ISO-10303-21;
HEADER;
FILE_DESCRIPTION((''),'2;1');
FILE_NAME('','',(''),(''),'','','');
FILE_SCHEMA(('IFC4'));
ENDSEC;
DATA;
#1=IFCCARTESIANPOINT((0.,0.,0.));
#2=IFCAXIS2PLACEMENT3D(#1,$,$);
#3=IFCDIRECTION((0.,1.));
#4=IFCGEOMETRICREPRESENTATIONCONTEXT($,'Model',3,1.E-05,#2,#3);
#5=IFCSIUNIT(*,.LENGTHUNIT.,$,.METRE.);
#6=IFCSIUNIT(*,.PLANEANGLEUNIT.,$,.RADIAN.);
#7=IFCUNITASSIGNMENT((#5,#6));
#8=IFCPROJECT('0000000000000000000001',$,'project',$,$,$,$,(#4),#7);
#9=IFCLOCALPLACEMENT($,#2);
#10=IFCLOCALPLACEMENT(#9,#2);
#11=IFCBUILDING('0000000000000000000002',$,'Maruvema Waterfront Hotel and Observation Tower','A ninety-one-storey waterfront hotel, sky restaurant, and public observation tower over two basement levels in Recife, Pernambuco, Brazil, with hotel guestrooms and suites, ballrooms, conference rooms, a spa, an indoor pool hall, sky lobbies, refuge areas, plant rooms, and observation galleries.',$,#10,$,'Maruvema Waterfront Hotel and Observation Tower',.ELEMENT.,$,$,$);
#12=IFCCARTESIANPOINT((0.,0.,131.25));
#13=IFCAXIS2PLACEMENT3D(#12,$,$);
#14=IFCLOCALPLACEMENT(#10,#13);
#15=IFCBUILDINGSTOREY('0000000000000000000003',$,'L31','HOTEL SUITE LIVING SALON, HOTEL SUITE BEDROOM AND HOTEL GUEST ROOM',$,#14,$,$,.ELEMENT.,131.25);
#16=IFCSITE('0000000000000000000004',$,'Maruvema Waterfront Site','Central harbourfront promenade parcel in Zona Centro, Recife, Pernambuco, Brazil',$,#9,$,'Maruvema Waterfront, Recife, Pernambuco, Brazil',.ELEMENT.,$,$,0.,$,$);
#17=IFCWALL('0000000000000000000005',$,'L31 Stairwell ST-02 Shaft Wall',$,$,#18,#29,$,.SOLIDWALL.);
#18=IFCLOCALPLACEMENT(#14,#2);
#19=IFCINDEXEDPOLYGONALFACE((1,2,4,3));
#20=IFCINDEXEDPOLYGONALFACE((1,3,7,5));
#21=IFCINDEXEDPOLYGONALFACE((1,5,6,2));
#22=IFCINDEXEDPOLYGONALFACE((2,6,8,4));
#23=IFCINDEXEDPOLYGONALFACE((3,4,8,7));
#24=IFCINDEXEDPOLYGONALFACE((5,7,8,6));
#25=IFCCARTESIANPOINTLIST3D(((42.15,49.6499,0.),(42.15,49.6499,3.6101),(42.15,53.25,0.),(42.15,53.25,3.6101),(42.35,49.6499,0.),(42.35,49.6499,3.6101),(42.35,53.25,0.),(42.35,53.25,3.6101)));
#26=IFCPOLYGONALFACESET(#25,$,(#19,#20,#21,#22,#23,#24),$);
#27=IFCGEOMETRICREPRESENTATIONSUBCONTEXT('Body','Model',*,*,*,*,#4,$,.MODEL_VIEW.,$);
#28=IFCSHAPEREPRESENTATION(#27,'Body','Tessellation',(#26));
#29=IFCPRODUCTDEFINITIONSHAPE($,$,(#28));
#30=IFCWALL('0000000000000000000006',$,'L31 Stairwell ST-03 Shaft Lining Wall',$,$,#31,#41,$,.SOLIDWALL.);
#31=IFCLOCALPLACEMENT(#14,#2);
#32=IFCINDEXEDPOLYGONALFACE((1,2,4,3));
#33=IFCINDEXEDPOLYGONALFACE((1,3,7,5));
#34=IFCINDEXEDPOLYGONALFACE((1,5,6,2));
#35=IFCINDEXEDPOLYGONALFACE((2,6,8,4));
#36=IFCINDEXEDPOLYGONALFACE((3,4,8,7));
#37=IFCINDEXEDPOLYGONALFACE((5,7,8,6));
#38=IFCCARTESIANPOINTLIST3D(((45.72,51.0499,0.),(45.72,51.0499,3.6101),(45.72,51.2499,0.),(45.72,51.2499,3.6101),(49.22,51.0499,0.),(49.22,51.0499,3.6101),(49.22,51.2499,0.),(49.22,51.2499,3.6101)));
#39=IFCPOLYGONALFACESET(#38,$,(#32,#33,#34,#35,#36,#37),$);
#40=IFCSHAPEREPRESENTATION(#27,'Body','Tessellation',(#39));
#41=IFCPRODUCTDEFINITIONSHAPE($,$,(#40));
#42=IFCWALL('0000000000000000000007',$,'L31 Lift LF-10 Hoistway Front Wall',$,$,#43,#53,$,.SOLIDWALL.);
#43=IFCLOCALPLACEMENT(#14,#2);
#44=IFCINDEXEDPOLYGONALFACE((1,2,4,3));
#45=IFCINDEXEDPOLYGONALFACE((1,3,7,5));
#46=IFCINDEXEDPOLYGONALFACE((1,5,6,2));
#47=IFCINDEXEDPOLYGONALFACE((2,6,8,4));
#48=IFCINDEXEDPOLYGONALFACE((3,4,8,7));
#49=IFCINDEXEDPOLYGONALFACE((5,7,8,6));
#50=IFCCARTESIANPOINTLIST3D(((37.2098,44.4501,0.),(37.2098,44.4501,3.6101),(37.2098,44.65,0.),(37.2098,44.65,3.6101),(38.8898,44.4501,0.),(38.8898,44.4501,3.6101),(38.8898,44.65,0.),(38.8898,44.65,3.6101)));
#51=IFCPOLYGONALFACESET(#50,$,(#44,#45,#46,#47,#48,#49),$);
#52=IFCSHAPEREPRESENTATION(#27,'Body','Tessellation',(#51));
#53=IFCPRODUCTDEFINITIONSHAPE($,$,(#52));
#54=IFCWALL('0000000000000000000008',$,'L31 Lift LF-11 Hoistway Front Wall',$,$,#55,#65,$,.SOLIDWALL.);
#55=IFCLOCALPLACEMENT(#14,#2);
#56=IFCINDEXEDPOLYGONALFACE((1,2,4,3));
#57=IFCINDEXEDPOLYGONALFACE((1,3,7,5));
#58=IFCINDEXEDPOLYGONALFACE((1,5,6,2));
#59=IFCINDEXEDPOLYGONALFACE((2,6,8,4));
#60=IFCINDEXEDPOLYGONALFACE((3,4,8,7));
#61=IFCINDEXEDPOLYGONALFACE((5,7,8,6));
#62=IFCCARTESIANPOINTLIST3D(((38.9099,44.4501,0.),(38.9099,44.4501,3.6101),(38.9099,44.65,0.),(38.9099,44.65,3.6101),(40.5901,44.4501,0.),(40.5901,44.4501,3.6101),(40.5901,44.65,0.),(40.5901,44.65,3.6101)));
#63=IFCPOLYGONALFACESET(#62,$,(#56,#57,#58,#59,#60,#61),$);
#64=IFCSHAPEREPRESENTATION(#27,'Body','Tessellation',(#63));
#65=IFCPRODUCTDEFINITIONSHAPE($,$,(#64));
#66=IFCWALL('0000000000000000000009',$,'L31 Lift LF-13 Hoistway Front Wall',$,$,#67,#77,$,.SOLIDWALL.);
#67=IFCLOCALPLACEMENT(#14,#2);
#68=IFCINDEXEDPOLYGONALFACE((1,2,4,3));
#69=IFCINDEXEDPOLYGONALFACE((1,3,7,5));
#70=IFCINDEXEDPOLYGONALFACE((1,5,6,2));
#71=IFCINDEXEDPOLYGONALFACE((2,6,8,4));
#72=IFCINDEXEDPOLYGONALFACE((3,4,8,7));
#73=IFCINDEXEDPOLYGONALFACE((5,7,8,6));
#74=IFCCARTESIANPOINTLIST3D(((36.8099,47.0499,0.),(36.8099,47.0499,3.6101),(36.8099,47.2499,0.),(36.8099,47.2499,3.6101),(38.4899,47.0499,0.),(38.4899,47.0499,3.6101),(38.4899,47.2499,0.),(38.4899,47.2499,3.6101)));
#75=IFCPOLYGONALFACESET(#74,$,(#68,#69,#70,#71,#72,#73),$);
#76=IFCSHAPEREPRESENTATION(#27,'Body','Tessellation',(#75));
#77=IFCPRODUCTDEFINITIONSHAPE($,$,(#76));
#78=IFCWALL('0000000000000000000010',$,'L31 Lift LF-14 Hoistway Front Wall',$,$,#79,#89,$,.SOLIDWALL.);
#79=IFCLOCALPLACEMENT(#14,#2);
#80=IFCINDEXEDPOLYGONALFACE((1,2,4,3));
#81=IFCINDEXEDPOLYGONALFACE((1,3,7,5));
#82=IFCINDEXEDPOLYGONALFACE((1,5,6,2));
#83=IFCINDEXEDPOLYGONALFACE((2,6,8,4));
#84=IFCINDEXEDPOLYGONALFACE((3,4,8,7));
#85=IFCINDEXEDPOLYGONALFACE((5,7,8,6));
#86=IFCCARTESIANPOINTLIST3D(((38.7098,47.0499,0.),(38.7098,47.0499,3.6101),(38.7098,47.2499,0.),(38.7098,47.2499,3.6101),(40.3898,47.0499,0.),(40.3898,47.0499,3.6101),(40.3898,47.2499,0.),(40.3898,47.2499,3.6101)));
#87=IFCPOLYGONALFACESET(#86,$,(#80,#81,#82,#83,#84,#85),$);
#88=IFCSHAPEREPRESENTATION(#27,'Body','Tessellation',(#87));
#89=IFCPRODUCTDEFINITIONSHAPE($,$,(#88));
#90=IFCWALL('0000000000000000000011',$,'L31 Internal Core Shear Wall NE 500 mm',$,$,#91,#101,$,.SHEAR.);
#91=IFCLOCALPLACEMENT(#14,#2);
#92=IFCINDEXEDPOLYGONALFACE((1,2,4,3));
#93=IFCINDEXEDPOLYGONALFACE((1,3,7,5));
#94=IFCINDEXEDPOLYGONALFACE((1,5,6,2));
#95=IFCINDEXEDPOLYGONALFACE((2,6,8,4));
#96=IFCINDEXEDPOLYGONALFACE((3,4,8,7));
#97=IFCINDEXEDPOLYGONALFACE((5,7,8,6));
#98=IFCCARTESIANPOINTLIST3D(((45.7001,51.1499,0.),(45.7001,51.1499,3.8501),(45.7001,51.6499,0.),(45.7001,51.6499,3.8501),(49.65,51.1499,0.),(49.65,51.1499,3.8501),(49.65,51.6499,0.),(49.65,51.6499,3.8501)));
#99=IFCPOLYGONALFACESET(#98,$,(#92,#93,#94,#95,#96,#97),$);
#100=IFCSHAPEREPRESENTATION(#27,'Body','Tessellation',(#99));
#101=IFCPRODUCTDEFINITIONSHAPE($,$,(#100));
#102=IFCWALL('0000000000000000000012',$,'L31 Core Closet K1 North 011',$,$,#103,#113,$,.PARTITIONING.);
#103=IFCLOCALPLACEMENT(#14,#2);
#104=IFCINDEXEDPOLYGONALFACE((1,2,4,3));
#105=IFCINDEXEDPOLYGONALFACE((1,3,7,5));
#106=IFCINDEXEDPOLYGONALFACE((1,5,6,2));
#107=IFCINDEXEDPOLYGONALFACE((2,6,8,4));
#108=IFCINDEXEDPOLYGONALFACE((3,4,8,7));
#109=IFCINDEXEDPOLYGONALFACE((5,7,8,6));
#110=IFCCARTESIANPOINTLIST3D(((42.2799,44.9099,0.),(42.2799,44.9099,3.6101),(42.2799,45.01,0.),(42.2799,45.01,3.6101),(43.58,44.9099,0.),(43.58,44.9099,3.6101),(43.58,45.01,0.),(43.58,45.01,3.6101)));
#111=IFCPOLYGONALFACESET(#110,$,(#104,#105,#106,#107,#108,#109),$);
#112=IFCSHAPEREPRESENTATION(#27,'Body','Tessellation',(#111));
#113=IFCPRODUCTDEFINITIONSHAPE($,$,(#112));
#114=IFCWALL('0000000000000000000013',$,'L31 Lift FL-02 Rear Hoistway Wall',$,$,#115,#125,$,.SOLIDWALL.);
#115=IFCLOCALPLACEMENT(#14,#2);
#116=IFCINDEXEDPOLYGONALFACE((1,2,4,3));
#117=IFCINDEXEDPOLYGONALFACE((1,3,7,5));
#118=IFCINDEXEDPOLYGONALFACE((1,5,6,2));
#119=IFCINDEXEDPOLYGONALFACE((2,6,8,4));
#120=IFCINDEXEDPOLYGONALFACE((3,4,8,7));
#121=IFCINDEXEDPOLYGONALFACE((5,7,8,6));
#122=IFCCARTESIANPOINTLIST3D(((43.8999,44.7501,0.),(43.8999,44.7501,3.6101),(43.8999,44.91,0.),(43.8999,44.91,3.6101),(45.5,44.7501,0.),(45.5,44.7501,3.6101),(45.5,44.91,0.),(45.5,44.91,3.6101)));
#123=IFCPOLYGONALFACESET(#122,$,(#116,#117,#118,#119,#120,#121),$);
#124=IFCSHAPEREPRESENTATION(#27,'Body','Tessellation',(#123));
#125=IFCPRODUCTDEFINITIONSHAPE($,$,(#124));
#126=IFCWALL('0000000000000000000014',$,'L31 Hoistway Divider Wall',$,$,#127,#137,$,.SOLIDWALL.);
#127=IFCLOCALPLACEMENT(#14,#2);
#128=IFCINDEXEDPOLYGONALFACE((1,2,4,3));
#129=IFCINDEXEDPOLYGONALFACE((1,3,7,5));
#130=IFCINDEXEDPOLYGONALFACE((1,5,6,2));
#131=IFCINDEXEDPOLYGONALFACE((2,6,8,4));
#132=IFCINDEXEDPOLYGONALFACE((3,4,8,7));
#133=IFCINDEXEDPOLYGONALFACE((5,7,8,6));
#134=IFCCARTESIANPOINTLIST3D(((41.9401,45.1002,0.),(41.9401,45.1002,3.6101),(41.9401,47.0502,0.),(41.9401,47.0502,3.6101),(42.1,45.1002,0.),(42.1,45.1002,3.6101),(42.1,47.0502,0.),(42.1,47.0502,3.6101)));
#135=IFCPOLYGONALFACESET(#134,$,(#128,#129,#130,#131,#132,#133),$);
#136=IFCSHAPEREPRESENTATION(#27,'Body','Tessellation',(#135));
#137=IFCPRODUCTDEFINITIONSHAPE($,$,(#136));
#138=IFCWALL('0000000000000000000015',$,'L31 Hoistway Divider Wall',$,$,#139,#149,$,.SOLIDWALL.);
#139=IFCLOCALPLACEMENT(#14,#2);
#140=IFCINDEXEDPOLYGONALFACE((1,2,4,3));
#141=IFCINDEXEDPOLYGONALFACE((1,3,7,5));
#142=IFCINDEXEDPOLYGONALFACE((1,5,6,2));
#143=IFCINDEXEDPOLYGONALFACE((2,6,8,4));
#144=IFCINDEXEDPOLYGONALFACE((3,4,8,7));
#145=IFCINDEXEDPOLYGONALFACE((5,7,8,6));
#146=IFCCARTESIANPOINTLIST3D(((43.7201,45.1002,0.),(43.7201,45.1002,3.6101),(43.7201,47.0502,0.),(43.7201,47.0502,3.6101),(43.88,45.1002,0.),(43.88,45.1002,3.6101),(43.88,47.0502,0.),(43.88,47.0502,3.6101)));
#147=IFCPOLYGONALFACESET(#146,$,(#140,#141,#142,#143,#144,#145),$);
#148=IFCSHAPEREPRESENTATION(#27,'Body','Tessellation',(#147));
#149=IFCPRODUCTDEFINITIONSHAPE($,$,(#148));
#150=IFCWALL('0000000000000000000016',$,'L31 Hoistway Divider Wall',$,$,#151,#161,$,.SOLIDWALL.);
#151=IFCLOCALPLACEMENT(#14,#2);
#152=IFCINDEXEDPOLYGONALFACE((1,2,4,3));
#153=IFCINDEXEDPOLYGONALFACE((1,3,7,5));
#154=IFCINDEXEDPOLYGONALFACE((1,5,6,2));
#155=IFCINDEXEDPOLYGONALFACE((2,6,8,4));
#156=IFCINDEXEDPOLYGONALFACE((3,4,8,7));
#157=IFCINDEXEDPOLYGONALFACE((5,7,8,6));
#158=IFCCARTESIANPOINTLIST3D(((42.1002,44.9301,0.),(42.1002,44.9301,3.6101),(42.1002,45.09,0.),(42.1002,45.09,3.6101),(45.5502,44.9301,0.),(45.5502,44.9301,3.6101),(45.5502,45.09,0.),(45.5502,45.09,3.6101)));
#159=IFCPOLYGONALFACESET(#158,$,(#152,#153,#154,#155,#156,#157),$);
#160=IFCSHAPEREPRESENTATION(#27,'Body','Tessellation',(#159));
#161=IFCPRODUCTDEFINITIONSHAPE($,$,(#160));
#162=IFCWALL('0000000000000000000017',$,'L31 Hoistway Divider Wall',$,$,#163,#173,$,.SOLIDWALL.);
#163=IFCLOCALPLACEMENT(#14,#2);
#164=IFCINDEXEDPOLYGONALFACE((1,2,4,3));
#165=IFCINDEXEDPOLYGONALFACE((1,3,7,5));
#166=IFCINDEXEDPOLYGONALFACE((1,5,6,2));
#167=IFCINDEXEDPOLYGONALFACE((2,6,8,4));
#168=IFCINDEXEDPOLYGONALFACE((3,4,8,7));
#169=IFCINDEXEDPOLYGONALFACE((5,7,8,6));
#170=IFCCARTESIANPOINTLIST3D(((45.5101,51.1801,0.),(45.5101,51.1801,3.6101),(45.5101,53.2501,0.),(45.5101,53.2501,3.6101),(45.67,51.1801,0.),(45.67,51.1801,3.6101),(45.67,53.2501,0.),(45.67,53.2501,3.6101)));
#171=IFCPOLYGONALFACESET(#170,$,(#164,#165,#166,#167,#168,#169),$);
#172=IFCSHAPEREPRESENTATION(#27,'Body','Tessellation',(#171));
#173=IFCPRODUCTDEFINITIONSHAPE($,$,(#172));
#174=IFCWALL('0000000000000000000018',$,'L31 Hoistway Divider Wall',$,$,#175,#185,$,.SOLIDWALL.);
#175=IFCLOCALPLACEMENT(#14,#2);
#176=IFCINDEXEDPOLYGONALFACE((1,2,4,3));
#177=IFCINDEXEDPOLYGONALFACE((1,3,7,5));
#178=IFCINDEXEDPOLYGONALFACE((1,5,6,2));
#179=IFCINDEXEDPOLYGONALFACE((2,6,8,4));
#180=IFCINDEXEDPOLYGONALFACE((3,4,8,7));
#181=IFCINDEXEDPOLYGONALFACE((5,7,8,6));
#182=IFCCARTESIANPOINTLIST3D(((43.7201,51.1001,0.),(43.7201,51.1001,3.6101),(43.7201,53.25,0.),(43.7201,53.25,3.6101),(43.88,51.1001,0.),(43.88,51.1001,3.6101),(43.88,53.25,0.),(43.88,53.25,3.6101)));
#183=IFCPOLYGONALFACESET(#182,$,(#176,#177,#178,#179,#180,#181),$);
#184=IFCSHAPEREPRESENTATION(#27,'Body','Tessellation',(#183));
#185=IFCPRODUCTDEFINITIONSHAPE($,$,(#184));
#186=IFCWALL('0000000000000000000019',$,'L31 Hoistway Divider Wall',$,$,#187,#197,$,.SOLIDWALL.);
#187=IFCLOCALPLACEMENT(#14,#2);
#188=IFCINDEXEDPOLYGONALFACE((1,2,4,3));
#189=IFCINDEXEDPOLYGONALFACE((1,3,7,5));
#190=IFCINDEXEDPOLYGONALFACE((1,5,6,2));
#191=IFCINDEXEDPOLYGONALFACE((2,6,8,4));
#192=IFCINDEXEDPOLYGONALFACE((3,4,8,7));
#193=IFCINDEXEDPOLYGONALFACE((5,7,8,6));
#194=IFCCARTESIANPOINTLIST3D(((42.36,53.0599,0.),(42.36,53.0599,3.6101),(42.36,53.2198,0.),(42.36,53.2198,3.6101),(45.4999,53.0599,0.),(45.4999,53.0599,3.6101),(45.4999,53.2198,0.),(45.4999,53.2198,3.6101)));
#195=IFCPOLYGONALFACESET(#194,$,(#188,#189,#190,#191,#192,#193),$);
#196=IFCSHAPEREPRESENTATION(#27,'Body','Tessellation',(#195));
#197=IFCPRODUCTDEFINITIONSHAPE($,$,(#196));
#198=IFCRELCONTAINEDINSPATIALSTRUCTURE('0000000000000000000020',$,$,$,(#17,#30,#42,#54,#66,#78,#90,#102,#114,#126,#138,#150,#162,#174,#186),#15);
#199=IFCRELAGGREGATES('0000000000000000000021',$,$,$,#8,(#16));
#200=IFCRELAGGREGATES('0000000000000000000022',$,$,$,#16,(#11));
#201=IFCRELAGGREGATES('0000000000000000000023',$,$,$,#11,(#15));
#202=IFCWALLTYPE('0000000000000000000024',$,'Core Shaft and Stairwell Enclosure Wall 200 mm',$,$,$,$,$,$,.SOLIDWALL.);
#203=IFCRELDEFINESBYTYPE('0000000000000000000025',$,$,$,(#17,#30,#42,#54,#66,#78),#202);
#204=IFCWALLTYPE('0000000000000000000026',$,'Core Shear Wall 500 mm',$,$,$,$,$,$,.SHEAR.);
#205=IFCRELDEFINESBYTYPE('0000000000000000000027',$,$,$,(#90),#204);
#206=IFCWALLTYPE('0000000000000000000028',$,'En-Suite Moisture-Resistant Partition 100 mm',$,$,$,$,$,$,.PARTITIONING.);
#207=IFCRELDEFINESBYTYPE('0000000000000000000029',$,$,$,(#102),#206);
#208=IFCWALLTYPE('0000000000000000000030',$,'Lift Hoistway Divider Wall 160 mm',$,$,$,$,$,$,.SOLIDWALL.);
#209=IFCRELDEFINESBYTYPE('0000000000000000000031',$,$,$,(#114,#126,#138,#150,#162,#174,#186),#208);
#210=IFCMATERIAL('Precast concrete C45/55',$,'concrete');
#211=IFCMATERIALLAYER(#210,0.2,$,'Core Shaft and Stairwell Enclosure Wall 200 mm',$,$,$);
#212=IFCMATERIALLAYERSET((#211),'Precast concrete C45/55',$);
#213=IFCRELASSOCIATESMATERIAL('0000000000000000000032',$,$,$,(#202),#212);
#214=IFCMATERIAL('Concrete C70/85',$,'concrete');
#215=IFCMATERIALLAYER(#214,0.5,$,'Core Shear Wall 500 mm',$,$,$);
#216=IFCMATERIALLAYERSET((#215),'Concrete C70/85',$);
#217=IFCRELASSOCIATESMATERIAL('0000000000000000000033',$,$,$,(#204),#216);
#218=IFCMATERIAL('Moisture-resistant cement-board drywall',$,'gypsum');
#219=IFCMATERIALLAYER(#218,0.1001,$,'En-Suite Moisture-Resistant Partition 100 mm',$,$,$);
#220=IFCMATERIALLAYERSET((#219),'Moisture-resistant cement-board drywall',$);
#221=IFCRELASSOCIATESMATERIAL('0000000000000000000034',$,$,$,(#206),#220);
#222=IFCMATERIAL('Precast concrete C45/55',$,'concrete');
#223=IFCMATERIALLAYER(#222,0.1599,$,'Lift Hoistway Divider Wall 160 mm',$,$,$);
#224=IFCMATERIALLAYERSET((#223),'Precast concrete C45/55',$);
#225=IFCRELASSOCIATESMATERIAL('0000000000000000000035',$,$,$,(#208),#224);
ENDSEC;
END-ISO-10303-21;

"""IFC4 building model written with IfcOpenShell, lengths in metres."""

from ifc_helpers import new_model, si_unit, direction, frame, frame_2d, origin, place, context, subcontext, project, spatial, rectangle, extrude, material, layer, layer_set, type_object, element, save


model = new_model("IFC4")

# Units and contexts
model_context = context("Model", 3, precision=1e-05, world=origin(), true_north=direction((0.0, 1.0)))
body_context = subcontext(model_context, "Body", "Model", "MODEL_VIEW")
ifc_project = project(units=[si_unit("LENGTHUNIT", "METRE"), si_unit("PLANEANGLEUNIT", "RADIAN")], contexts=[model_context])

# Site, building, storey
site_placement = place(None, origin())
site = spatial("IfcSite", under=ifc_project, at=site_placement, Name="Maruvema Waterfront Site", Description="Central harbourfront promenade parcel in Zona Centro, Recife, Pernambuco, Brazil", LongName="Maruvema Waterfront, Recife, Pernambuco, Brazil", CompositionType="ELEMENT", RefElevation=0.0)
building_placement = place(site_placement, origin())
building = spatial("IfcBuilding", under=site, at=building_placement, Name="Maruvema Waterfront Hotel and Observation Tower", Description="A ninety-one-storey waterfront hotel, sky restaurant, and public observation tower over two basement levels in Recife, Pernambuco, Brazil, with hotel guestrooms and suites, ballrooms, conference rooms, a spa, an indoor pool hall, sky lobbies, refuge areas, plant rooms, and observation galleries.", LongName="Maruvema Waterfront Hotel and Observation Tower", CompositionType="ELEMENT")
storey_placement = place(building_placement, frame((0.0, 0.0, 131.25)))
storey = spatial("IfcBuildingStorey", under=building, at=storey_placement, Name="L31", Description="HOTEL SUITE LIVING SALON, HOTEL SUITE BEDROOM AND HOTEL GUEST ROOM", CompositionType="ELEMENT", Elevation=131.25)

# Walls
ifc_material_1 = material(Name="Precast concrete C45/55", Category="concrete")
ifc_layer_1 = layer(ifc_material_1, 0.2, Name="Core Shaft and Stairwell Enclosure Wall 200 mm")
ifc_layer_set_1 = layer_set([ifc_layer_1], Name="Precast concrete C45/55")
wall_type_1 = type_object("IfcWallType", Name="Core Shaft and Stairwell Enclosure Wall 200 mm", PredefinedType="SOLIDWALL", material=ifc_layer_set_1)
wall_1_placement = place(storey_placement, frame((42.25, 49.6499, 0.0), z_axis=(0.0, 0.0, 1.0), x_axis=(0.0, 1.0, 0.0)))
element("IfcWall", 1, at=wall_1_placement, inside=storey, type_object=wall_type_1, Name="L31 Stairwell ST-02 Shaft Wall", PredefinedType="SOLIDWALL", context=body_context, shape_type="SweptSolid", body=[
    extrude(rectangle(XDim=3.6001, YDim=0.2, at=frame_2d((1.8, 0.0))), origin(), (0.0, 0.0, 1.0), 3.6101),
])
wall_2_placement = place(storey_placement, frame((45.72, 51.1499, 0.0), z_axis=(0.0, 0.0, 1.0), x_axis=(1.0, 0.0, 0.0)))
element("IfcWall", 2, at=wall_2_placement, inside=storey, type_object=wall_type_1, Name="L31 Stairwell ST-03 Shaft Lining Wall", PredefinedType="SOLIDWALL", context=body_context, shape_type="SweptSolid", body=[
    extrude(rectangle(XDim=3.5, YDim=0.2, at=frame_2d((1.75, 0.0))), origin(), (0.0, 0.0, 1.0), 3.6101),
])

# Walls
wall_3_placement = place(storey_placement, frame((37.21, 44.55, 0.0), z_axis=(0.0, 0.0, 1.0), x_axis=(1.0, 0.0, 0.0)))
element("IfcWall", 3, at=wall_3_placement, inside=storey, type_object=wall_type_1, Name="L31 Lift LF-10 Hoistway Front Wall", PredefinedType="SOLIDWALL", context=body_context, shape_type="SweptSolid", body=[
    extrude(rectangle(XDim=1.6799, YDim=0.2, at=frame_2d((0.8398, 0.0))), origin(), (0.0, 0.0, 1.0), 3.6101),
])
wall_4_placement = place(storey_placement, frame((38.9099, 44.55, 0.0), z_axis=(0.0, 0.0, 1.0), x_axis=(1.0, 0.0, 0.0)))
element("IfcWall", 4, at=wall_4_placement, inside=storey, type_object=wall_type_1, Name="L31 Lift LF-11 Hoistway Front Wall", PredefinedType="SOLIDWALL", context=body_context, shape_type="SweptSolid", body=[
    extrude(rectangle(XDim=1.6802, YDim=0.2, at=frame_2d((0.8401, 0.0))), origin(), (0.0, 0.0, 1.0), 3.6101),
])
for number, where, z_axis, x_axis, name in (
    (5, (36.8101, 47.1499, 0.0), (0.0, 0.0, 1.0), (1.0, 0.0, 0.0), "L31 Lift LF-13 Hoistway Front Wall"),
    (6, (38.71, 47.1499, 0.0), (0.0, 0.0, 1.0), (1.0, 0.0, 0.0), "L31 Lift LF-14 Hoistway Front Wall"),
):
    element("IfcWall", number, at=place(storey_placement, frame(where, z_axis=z_axis, x_axis=x_axis)), inside=storey, type_object=wall_type_1, Name=name, PredefinedType="SOLIDWALL", context=body_context, shape_type="SweptSolid", body=[
        extrude(rectangle(XDim=1.6799, YDim=0.2, at=frame_2d((0.8398, 0.0))), origin(), (0.0, 0.0, 1.0), 3.6101),
    ])
ifc_material_2 = material(Name="Concrete C70/85", Category="concrete")
ifc_layer_2 = layer(ifc_material_2, 0.5, Name="Core Shear Wall 500 mm")
ifc_layer_set_2 = layer_set([ifc_layer_2], Name="Concrete C70/85")
wall_type_2 = type_object("IfcWallType", Name="Core Shear Wall 500 mm", PredefinedType="SHEAR", material=ifc_layer_set_2)
wall_5_placement = place(storey_placement, frame((45.7, 51.3999, 0.0), z_axis=(0.0, 0.0, 1.0), x_axis=(1.0, 0.0, 0.0)))
element("IfcWall", 7, at=wall_5_placement, inside=storey, type_object=wall_type_2, Name="L31 Internal Core Shear Wall NE 500 mm", PredefinedType="SHEAR", context=body_context, shape_type="SweptSolid", body=[
    extrude(rectangle(XDim=3.95, YDim=0.5, at=frame_2d((1.9751, 0.0))), origin(), (0.0, 0.0, 1.0), 3.8501),
])
ifc_material_3 = material(Name="Moisture-resistant cement-board drywall", Category="gypsum")
ifc_layer_3 = layer(ifc_material_3, 0.1001, Name="En-Suite Moisture-Resistant Partition 100 mm")
ifc_layer_set_3 = layer_set([ifc_layer_3], Name="Moisture-resistant cement-board drywall")
wall_type_3 = type_object("IfcWallType", Name="En-Suite Moisture-Resistant Partition 100 mm", PredefinedType="PARTITIONING", material=ifc_layer_set_3)
wall_6_placement = place(storey_placement, frame((42.28, 44.96, 0.0), z_axis=(0.0, 0.0, 1.0), x_axis=(1.0, 0.0, 0.0)))
element("IfcWall", 8, at=wall_6_placement, inside=storey, type_object=wall_type_3, Name="L31 Core Closet K1 North 011", PredefinedType="PARTITIONING", context=body_context, shape_type="SweptSolid", body=[
    extrude(rectangle(XDim=1.3, YDim=0.1001, at=frame_2d((0.6499, 0.0))), origin(), (0.0, 0.0, 1.0), 3.6101),
])
ifc_material_4 = material(Name="Precast concrete C45/55", Category="concrete")
ifc_layer_4 = layer(ifc_material_4, 0.1599, Name="Lift Hoistway Divider Wall 160 mm")
ifc_layer_set_4 = layer_set([ifc_layer_4], Name="Precast concrete C45/55")
wall_type_4 = type_object("IfcWallType", Name="Lift Hoistway Divider Wall 160 mm", PredefinedType="SOLIDWALL", material=ifc_layer_set_4)
wall_7_placement = place(storey_placement, frame((43.8999, 44.8301, 0.0), z_axis=(0.0, 0.0, 1.0), x_axis=(1.0, 0.0, 0.0)))
element("IfcWall", 9, at=wall_7_placement, inside=storey, type_object=wall_type_4, Name="L31 Lift FL-02 Rear Hoistway Wall", PredefinedType="SOLIDWALL", context=body_context, shape_type="SweptSolid", body=[
    extrude(rectangle(XDim=1.6001, YDim=0.1599, at=frame_2d((0.8, 0.0))), origin(), (0.0, 0.0, 1.0), 3.6101),
])
for number, where, z_axis, x_axis, name in (
    (10, (42.02, 45.1001, 0.0), (0.0, 0.0, 1.0), (0.0, 1.0, 0.0), "L31 Hoistway Divider Wall"),
    (11, (43.8, 45.1001, 0.0), (0.0, 0.0, 1.0), (0.0, 1.0, 0.0), "L31 Hoistway Divider Wall"),
):
    element("IfcWall", number, at=place(storey_placement, frame(where, z_axis=z_axis, x_axis=x_axis)), inside=storey, type_object=wall_type_4, Name=name, PredefinedType="SOLIDWALL", context=body_context, shape_type="SweptSolid", body=[
        extrude(rectangle(XDim=1.95, YDim=0.1599, at=frame_2d((0.9751, 0.0))), origin(), (0.0, 0.0, 1.0), 3.6101),
    ])
wall_8_placement = place(storey_placement, frame((42.1001, 45.01, 0.0), z_axis=(0.0, 0.0, 1.0), x_axis=(1.0, 0.0, 0.0)))
element("IfcWall", 12, at=wall_8_placement, inside=storey, type_object=wall_type_4, Name="L31 Hoistway Divider Wall", PredefinedType="SOLIDWALL", context=body_context, shape_type="SweptSolid", body=[
    extrude(rectangle(XDim=3.45, YDim=0.1599, at=frame_2d((1.7251, 0.0))), origin(), (0.0, 0.0, 1.0), 3.6101),
])
wall_9_placement = place(storey_placement, frame((45.5901, 51.1799, 0.0), z_axis=(0.0, 0.0, 1.0), x_axis=(0.0, 1.0, 0.0)))
element("IfcWall", 13, at=wall_9_placement, inside=storey, type_object=wall_type_4, Name="L31 Hoistway Divider Wall", PredefinedType="SOLIDWALL", context=body_context, shape_type="SweptSolid", body=[
    extrude(rectangle(XDim=2.0701, YDim=0.1599, at=frame_2d((1.0352, 0.0))), origin(), (0.0, 0.0, 1.0), 3.6101),
])
wall_10_placement = place(storey_placement, frame((43.8, 51.1001, 0.0), z_axis=(0.0, 0.0, 1.0), x_axis=(0.0, 1.0, 0.0)))
element("IfcWall", 14, at=wall_10_placement, inside=storey, type_object=wall_type_4, Name="L31 Hoistway Divider Wall", PredefinedType="SOLIDWALL", context=body_context, shape_type="SweptSolid", body=[
    extrude(rectangle(XDim=2.1499, YDim=0.1599, at=frame_2d((1.075, 0.0))), origin(), (0.0, 0.0, 1.0), 3.6101),
])
wall_11_placement = place(storey_placement, frame((42.3601, 53.1399, 0.0), z_axis=(0.0, 0.0, 1.0), x_axis=(1.0, 0.0, 0.0)))
element("IfcWall", 15, at=wall_11_placement, inside=storey, type_object=wall_type_4, Name="L31 Hoistway Divider Wall", PredefinedType="SOLIDWALL", context=body_context, shape_type="SweptSolid", body=[
    extrude(rectangle(XDim=3.1399, YDim=0.1599, at=frame_2d((1.5698, 0.0))), origin(), (0.0, 0.0, 1.0), 3.6101),
])

save(model, "model.ifc")
